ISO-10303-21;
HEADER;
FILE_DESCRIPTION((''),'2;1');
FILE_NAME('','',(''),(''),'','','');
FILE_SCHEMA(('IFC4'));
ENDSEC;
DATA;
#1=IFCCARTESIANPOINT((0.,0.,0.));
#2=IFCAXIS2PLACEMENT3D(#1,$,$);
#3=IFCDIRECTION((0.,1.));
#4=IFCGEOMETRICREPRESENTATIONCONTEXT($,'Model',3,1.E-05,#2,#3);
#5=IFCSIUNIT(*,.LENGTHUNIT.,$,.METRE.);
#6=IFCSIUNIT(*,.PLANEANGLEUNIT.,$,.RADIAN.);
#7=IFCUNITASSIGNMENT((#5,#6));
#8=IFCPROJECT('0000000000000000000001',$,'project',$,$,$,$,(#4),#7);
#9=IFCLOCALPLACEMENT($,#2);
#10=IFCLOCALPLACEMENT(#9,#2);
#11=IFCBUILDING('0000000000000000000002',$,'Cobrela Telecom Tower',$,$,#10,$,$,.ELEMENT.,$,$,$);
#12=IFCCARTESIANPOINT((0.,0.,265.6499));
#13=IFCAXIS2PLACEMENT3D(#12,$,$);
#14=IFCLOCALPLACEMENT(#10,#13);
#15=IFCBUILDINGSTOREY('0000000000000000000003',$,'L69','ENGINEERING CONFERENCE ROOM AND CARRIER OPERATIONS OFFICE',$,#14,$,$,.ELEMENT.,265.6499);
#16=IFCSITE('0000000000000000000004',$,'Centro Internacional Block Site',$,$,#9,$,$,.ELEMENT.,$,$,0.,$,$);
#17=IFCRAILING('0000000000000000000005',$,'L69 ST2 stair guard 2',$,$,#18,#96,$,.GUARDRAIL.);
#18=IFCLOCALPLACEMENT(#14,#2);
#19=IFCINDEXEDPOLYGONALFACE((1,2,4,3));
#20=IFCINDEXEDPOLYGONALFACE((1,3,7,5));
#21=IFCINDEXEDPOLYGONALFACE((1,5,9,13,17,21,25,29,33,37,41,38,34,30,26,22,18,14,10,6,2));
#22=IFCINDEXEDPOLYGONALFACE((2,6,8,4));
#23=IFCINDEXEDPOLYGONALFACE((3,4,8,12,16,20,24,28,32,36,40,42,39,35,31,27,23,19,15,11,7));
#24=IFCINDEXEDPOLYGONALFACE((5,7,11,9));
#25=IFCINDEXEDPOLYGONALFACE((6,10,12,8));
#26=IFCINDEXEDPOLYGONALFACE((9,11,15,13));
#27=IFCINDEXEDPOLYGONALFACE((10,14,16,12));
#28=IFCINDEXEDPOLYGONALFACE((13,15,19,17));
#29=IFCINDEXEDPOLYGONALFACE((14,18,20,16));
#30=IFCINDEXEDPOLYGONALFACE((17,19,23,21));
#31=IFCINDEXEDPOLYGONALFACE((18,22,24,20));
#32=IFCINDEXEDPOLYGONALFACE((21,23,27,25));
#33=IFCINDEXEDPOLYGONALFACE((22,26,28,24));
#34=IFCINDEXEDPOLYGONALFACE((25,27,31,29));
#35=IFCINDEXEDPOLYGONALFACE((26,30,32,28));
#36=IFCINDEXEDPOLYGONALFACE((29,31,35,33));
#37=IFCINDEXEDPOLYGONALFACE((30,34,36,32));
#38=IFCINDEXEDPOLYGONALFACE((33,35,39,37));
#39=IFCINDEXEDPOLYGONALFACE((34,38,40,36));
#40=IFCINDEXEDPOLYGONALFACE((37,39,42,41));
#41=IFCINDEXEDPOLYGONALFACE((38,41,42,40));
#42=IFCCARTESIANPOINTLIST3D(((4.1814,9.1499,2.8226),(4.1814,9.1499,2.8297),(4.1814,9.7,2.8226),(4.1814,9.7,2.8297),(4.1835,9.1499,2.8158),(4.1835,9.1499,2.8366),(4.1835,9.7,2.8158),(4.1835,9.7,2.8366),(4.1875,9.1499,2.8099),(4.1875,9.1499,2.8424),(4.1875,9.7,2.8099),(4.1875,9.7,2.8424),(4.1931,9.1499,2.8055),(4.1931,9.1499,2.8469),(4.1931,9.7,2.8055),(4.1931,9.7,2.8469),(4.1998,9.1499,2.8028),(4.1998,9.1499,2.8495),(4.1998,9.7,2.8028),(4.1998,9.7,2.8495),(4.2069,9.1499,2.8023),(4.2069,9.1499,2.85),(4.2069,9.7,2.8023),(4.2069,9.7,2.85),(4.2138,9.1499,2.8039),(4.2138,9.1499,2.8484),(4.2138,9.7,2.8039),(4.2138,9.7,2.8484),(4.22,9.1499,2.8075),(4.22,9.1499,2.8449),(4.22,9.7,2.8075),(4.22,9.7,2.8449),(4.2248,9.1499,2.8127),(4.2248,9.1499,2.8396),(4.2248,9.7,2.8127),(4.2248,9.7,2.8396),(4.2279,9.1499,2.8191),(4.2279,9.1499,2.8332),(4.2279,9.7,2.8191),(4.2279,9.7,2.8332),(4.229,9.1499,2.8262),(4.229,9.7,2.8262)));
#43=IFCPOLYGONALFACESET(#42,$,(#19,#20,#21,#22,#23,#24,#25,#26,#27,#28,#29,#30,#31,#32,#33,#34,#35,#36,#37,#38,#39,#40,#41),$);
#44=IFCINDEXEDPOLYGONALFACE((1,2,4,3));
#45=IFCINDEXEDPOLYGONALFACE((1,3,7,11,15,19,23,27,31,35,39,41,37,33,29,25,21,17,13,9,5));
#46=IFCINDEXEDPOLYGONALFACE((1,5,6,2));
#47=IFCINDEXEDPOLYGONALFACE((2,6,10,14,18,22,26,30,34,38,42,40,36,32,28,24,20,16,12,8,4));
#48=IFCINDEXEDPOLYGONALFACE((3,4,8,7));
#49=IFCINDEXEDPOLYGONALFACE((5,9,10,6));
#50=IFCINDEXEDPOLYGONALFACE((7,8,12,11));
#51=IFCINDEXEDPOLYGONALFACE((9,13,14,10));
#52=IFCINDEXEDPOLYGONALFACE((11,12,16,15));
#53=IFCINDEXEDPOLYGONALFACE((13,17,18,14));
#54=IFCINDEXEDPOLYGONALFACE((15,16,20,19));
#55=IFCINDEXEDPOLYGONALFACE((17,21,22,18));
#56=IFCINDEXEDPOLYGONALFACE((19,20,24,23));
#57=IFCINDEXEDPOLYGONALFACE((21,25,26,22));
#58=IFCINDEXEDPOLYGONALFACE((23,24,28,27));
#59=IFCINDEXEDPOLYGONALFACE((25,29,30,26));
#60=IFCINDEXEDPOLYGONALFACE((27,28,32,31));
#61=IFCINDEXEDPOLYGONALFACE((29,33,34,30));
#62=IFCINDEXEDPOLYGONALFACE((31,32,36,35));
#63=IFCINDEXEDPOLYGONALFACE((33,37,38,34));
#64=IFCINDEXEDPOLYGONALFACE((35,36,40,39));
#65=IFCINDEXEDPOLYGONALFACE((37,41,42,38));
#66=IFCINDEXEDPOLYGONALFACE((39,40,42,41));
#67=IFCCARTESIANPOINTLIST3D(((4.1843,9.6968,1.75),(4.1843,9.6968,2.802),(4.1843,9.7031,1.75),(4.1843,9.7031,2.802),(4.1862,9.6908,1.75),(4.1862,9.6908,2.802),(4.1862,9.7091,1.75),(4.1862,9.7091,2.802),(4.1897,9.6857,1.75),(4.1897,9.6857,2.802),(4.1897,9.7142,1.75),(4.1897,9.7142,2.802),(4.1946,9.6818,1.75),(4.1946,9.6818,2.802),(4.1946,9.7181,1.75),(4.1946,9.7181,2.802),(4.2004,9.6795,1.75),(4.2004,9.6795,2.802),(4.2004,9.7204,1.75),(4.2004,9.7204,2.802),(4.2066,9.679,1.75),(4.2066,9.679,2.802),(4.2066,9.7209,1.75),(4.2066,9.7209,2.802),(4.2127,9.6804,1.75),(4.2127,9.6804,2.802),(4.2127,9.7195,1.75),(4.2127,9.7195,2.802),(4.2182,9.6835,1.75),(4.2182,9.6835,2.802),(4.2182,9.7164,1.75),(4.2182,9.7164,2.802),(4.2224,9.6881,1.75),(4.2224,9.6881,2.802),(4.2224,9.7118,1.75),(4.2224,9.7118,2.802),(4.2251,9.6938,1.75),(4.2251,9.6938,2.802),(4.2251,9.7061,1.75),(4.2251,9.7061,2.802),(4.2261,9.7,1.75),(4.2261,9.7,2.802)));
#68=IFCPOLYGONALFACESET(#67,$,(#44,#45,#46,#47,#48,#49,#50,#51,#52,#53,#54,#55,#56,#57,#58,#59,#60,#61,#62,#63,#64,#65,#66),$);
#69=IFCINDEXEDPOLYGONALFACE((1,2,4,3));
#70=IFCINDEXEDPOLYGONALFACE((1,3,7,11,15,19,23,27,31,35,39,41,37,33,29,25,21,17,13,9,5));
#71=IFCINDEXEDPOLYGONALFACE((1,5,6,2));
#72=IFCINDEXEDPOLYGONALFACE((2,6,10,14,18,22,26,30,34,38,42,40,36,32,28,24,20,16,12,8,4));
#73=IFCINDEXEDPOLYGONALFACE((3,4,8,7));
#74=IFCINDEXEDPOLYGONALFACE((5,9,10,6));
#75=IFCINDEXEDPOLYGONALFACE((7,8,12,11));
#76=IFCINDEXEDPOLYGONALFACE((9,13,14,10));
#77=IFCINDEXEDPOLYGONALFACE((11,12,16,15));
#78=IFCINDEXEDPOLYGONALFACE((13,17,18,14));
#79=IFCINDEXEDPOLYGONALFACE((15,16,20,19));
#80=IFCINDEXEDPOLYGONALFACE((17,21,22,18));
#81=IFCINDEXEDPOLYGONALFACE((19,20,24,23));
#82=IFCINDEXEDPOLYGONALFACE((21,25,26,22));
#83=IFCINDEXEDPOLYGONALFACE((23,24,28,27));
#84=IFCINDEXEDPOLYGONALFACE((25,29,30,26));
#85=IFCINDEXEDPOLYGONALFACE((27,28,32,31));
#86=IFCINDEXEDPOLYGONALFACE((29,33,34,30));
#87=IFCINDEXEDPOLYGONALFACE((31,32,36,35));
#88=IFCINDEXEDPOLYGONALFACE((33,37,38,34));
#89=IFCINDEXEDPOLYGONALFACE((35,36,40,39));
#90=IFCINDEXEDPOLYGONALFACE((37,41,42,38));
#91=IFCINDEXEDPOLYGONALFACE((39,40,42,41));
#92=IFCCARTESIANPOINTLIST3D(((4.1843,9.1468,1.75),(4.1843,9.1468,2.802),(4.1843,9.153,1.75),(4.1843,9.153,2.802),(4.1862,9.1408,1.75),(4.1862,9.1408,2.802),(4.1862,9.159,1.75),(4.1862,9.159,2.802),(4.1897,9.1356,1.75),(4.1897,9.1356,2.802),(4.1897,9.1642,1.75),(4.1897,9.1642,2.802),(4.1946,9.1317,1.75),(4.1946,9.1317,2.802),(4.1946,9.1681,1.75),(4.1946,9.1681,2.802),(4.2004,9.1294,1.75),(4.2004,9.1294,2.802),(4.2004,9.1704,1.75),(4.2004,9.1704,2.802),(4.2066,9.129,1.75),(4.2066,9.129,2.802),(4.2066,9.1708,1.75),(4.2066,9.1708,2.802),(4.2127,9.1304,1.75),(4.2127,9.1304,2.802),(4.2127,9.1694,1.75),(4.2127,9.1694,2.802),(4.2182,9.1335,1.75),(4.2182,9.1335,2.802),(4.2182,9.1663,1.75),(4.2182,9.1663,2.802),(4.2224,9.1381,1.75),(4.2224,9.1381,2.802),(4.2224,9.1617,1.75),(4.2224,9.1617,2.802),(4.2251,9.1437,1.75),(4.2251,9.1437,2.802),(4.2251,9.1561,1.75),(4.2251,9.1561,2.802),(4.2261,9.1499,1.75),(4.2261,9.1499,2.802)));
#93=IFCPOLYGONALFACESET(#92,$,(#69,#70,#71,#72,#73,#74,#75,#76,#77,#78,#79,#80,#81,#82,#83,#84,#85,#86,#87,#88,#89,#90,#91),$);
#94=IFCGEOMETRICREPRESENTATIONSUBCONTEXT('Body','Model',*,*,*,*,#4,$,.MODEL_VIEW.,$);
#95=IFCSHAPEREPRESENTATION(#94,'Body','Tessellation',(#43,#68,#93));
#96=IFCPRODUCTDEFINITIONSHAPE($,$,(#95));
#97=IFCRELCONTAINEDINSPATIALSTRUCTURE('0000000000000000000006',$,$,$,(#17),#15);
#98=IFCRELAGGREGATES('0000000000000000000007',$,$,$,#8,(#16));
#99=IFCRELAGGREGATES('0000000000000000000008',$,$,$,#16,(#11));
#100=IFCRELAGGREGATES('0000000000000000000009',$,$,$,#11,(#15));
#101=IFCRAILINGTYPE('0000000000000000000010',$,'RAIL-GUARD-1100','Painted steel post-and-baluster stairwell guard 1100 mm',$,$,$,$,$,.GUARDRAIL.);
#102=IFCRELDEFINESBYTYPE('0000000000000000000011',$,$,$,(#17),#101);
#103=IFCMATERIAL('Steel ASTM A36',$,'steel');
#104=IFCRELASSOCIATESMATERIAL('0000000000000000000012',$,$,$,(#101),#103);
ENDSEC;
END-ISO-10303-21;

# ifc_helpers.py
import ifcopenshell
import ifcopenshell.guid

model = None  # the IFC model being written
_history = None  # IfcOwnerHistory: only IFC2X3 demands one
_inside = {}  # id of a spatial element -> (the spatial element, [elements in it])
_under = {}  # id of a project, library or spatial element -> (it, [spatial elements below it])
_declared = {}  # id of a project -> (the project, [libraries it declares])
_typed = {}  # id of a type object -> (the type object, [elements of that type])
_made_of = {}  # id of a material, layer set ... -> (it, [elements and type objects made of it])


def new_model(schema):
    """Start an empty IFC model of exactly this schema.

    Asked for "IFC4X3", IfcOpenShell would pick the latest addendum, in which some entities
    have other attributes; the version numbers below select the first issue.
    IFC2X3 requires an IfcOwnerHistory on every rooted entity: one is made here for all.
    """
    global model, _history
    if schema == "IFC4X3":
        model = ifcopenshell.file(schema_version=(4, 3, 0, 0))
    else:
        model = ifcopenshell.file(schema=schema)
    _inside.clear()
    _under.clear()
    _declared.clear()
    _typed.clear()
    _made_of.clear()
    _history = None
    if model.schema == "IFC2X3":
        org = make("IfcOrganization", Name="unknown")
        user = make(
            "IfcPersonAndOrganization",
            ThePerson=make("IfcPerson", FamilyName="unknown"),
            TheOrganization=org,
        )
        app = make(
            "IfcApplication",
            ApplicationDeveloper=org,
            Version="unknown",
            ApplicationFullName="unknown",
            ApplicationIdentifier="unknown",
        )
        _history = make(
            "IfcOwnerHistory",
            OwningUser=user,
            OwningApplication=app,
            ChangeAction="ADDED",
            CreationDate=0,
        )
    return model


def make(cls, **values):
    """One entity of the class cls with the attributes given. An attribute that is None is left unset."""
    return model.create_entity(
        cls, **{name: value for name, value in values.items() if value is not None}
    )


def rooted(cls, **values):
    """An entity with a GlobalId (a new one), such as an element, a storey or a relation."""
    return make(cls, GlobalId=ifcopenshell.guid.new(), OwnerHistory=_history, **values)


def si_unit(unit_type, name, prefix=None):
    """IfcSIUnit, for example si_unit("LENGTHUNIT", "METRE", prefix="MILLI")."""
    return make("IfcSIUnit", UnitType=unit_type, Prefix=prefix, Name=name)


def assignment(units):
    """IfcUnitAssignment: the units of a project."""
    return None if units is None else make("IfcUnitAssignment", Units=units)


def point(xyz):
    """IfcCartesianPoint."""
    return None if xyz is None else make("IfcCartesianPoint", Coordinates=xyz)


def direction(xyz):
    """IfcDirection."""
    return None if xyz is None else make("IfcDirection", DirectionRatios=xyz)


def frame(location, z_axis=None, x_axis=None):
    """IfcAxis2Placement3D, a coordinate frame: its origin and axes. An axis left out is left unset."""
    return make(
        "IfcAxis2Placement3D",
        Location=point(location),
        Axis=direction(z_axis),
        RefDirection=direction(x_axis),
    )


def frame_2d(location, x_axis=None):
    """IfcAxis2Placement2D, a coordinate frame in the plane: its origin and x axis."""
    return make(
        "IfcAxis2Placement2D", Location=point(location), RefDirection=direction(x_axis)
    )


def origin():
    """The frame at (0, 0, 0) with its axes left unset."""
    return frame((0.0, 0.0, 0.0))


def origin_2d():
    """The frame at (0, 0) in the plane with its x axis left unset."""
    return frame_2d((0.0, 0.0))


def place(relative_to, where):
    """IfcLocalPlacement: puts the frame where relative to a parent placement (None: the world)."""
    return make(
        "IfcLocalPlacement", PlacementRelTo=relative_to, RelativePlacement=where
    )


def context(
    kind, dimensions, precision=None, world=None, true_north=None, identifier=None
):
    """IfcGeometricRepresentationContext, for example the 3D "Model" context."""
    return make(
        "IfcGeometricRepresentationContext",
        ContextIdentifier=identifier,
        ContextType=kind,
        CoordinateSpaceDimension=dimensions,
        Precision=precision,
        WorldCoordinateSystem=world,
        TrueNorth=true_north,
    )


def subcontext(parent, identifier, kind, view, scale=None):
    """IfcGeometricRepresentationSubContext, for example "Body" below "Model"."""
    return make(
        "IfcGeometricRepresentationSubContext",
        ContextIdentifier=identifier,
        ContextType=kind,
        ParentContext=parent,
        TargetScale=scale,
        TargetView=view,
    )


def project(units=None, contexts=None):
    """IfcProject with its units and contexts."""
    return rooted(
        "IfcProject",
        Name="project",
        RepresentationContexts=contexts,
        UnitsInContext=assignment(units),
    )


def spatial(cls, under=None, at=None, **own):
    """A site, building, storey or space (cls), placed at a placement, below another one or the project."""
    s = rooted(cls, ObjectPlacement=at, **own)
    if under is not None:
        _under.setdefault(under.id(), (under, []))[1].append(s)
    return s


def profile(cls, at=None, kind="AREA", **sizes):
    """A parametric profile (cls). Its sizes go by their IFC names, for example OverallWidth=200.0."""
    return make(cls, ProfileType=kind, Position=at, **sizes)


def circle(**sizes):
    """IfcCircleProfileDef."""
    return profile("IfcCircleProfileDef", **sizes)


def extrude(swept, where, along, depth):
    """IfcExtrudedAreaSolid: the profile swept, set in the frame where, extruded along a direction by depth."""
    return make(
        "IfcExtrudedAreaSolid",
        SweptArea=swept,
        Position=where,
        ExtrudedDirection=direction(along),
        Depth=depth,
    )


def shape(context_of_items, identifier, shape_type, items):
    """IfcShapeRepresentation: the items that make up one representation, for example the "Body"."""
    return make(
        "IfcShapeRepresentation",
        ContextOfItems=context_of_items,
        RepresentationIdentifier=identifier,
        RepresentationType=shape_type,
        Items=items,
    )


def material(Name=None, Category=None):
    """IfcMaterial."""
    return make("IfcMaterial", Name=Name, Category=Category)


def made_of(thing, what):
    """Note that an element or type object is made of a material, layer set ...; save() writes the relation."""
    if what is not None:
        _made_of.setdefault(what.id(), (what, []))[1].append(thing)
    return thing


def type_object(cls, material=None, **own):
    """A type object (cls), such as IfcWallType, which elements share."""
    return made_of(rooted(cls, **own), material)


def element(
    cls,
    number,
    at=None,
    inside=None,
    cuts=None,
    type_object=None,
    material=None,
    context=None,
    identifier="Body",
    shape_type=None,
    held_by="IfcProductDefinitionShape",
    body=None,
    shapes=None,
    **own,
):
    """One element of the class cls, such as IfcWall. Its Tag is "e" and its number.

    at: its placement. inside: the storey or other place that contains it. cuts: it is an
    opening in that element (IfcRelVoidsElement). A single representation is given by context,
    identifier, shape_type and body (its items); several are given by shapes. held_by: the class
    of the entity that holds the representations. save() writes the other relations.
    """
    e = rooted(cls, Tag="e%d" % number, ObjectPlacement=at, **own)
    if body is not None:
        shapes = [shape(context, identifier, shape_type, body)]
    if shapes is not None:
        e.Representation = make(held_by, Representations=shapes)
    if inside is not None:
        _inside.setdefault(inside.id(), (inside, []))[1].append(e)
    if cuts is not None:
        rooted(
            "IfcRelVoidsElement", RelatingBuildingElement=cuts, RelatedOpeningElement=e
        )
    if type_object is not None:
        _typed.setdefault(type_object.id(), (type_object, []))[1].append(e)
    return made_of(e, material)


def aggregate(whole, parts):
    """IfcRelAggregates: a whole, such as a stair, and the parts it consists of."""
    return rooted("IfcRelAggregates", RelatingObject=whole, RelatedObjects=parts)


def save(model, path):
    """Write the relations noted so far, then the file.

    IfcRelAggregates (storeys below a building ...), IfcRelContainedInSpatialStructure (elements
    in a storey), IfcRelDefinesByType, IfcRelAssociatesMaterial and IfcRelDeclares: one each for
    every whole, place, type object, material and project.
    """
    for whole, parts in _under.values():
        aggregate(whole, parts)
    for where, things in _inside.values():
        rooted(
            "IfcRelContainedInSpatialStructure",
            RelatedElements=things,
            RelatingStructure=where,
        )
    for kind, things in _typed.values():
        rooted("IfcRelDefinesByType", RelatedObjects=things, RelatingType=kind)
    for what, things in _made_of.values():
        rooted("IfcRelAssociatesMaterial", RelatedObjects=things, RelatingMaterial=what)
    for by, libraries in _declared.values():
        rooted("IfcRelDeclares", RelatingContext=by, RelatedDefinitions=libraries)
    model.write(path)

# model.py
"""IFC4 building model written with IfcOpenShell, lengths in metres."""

from ifc_helpers import new_model, si_unit, direction, frame, origin, origin_2d, place, context, subcontext, project, spatial, circle, extrude, material, type_object, element, save


model = new_model("IFC4")

# Units and contexts
model_context = context("Model", 3, precision=1e-05, world=origin(), true_north=direction((0.0, 1.0)))
body_context = subcontext(model_context, "Body", "Model", "MODEL_VIEW")
ifc_project = project(units=[si_unit("LENGTHUNIT", "METRE"), si_unit("PLANEANGLEUNIT", "RADIAN")], contexts=[model_context])

# Site, building, storey
site_placement = place(None, origin())
site = spatial("IfcSite", under=ifc_project, at=site_placement, Name="Centro Internacional Block Site", CompositionType="ELEMENT", RefElevation=0.0)
building_placement = place(site_placement, origin())
building = spatial("IfcBuilding", under=site, at=building_placement, Name="Cobrela Telecom Tower", CompositionType="ELEMENT")
storey_placement = place(building_placement, frame((0.0, 0.0, 265.6499)))
storey = spatial("IfcBuildingStorey", under=building, at=storey_placement, Name="L69", Description="ENGINEERING CONFERENCE ROOM AND CARRIER OPERATIONS OFFICE", CompositionType="ELEMENT", Elevation=265.6499)

# Railing
ifc_material_1 = material(Name="Steel ASTM A36", Category="steel")
railing_type_1 = type_object("IfcRailingType", Name="RAIL-GUARD-1100", Description="Painted steel post-and-baluster stairwell guard 1100 mm", PredefinedType="GUARDRAIL", material=ifc_material_1)
railing_1_placement = place(storey_placement, frame((4.2051, 9.7, 1.75)))
element("IfcRailing", 1, at=railing_1_placement, inside=storey, type_object=railing_type_1, Name="L69 ST2 stair guard 2", PredefinedType="GUARDRAIL", context=body_context, shape_type="SweptSolid", body=[
    extrude(circle(Radius=0.0239, at=origin_2d()), frame((0.0, 0.0, 1.0762), z_axis=(0.0, -1.0, 0.0), x_axis=(1.0, 0.0, 0.0)), (0.0, 0.0, 1.0), 0.55),
    extrude(circle(Radius=0.021, at=origin_2d()), origin(), (0.0, 0.0, 1.0), 1.052),
    extrude(circle(Radius=0.021, at=origin_2d()), frame((0.0, -0.55, 0.0)), (0.0, 0.0, 1.0), 1.052),
])

save(model, "model.ifc")
